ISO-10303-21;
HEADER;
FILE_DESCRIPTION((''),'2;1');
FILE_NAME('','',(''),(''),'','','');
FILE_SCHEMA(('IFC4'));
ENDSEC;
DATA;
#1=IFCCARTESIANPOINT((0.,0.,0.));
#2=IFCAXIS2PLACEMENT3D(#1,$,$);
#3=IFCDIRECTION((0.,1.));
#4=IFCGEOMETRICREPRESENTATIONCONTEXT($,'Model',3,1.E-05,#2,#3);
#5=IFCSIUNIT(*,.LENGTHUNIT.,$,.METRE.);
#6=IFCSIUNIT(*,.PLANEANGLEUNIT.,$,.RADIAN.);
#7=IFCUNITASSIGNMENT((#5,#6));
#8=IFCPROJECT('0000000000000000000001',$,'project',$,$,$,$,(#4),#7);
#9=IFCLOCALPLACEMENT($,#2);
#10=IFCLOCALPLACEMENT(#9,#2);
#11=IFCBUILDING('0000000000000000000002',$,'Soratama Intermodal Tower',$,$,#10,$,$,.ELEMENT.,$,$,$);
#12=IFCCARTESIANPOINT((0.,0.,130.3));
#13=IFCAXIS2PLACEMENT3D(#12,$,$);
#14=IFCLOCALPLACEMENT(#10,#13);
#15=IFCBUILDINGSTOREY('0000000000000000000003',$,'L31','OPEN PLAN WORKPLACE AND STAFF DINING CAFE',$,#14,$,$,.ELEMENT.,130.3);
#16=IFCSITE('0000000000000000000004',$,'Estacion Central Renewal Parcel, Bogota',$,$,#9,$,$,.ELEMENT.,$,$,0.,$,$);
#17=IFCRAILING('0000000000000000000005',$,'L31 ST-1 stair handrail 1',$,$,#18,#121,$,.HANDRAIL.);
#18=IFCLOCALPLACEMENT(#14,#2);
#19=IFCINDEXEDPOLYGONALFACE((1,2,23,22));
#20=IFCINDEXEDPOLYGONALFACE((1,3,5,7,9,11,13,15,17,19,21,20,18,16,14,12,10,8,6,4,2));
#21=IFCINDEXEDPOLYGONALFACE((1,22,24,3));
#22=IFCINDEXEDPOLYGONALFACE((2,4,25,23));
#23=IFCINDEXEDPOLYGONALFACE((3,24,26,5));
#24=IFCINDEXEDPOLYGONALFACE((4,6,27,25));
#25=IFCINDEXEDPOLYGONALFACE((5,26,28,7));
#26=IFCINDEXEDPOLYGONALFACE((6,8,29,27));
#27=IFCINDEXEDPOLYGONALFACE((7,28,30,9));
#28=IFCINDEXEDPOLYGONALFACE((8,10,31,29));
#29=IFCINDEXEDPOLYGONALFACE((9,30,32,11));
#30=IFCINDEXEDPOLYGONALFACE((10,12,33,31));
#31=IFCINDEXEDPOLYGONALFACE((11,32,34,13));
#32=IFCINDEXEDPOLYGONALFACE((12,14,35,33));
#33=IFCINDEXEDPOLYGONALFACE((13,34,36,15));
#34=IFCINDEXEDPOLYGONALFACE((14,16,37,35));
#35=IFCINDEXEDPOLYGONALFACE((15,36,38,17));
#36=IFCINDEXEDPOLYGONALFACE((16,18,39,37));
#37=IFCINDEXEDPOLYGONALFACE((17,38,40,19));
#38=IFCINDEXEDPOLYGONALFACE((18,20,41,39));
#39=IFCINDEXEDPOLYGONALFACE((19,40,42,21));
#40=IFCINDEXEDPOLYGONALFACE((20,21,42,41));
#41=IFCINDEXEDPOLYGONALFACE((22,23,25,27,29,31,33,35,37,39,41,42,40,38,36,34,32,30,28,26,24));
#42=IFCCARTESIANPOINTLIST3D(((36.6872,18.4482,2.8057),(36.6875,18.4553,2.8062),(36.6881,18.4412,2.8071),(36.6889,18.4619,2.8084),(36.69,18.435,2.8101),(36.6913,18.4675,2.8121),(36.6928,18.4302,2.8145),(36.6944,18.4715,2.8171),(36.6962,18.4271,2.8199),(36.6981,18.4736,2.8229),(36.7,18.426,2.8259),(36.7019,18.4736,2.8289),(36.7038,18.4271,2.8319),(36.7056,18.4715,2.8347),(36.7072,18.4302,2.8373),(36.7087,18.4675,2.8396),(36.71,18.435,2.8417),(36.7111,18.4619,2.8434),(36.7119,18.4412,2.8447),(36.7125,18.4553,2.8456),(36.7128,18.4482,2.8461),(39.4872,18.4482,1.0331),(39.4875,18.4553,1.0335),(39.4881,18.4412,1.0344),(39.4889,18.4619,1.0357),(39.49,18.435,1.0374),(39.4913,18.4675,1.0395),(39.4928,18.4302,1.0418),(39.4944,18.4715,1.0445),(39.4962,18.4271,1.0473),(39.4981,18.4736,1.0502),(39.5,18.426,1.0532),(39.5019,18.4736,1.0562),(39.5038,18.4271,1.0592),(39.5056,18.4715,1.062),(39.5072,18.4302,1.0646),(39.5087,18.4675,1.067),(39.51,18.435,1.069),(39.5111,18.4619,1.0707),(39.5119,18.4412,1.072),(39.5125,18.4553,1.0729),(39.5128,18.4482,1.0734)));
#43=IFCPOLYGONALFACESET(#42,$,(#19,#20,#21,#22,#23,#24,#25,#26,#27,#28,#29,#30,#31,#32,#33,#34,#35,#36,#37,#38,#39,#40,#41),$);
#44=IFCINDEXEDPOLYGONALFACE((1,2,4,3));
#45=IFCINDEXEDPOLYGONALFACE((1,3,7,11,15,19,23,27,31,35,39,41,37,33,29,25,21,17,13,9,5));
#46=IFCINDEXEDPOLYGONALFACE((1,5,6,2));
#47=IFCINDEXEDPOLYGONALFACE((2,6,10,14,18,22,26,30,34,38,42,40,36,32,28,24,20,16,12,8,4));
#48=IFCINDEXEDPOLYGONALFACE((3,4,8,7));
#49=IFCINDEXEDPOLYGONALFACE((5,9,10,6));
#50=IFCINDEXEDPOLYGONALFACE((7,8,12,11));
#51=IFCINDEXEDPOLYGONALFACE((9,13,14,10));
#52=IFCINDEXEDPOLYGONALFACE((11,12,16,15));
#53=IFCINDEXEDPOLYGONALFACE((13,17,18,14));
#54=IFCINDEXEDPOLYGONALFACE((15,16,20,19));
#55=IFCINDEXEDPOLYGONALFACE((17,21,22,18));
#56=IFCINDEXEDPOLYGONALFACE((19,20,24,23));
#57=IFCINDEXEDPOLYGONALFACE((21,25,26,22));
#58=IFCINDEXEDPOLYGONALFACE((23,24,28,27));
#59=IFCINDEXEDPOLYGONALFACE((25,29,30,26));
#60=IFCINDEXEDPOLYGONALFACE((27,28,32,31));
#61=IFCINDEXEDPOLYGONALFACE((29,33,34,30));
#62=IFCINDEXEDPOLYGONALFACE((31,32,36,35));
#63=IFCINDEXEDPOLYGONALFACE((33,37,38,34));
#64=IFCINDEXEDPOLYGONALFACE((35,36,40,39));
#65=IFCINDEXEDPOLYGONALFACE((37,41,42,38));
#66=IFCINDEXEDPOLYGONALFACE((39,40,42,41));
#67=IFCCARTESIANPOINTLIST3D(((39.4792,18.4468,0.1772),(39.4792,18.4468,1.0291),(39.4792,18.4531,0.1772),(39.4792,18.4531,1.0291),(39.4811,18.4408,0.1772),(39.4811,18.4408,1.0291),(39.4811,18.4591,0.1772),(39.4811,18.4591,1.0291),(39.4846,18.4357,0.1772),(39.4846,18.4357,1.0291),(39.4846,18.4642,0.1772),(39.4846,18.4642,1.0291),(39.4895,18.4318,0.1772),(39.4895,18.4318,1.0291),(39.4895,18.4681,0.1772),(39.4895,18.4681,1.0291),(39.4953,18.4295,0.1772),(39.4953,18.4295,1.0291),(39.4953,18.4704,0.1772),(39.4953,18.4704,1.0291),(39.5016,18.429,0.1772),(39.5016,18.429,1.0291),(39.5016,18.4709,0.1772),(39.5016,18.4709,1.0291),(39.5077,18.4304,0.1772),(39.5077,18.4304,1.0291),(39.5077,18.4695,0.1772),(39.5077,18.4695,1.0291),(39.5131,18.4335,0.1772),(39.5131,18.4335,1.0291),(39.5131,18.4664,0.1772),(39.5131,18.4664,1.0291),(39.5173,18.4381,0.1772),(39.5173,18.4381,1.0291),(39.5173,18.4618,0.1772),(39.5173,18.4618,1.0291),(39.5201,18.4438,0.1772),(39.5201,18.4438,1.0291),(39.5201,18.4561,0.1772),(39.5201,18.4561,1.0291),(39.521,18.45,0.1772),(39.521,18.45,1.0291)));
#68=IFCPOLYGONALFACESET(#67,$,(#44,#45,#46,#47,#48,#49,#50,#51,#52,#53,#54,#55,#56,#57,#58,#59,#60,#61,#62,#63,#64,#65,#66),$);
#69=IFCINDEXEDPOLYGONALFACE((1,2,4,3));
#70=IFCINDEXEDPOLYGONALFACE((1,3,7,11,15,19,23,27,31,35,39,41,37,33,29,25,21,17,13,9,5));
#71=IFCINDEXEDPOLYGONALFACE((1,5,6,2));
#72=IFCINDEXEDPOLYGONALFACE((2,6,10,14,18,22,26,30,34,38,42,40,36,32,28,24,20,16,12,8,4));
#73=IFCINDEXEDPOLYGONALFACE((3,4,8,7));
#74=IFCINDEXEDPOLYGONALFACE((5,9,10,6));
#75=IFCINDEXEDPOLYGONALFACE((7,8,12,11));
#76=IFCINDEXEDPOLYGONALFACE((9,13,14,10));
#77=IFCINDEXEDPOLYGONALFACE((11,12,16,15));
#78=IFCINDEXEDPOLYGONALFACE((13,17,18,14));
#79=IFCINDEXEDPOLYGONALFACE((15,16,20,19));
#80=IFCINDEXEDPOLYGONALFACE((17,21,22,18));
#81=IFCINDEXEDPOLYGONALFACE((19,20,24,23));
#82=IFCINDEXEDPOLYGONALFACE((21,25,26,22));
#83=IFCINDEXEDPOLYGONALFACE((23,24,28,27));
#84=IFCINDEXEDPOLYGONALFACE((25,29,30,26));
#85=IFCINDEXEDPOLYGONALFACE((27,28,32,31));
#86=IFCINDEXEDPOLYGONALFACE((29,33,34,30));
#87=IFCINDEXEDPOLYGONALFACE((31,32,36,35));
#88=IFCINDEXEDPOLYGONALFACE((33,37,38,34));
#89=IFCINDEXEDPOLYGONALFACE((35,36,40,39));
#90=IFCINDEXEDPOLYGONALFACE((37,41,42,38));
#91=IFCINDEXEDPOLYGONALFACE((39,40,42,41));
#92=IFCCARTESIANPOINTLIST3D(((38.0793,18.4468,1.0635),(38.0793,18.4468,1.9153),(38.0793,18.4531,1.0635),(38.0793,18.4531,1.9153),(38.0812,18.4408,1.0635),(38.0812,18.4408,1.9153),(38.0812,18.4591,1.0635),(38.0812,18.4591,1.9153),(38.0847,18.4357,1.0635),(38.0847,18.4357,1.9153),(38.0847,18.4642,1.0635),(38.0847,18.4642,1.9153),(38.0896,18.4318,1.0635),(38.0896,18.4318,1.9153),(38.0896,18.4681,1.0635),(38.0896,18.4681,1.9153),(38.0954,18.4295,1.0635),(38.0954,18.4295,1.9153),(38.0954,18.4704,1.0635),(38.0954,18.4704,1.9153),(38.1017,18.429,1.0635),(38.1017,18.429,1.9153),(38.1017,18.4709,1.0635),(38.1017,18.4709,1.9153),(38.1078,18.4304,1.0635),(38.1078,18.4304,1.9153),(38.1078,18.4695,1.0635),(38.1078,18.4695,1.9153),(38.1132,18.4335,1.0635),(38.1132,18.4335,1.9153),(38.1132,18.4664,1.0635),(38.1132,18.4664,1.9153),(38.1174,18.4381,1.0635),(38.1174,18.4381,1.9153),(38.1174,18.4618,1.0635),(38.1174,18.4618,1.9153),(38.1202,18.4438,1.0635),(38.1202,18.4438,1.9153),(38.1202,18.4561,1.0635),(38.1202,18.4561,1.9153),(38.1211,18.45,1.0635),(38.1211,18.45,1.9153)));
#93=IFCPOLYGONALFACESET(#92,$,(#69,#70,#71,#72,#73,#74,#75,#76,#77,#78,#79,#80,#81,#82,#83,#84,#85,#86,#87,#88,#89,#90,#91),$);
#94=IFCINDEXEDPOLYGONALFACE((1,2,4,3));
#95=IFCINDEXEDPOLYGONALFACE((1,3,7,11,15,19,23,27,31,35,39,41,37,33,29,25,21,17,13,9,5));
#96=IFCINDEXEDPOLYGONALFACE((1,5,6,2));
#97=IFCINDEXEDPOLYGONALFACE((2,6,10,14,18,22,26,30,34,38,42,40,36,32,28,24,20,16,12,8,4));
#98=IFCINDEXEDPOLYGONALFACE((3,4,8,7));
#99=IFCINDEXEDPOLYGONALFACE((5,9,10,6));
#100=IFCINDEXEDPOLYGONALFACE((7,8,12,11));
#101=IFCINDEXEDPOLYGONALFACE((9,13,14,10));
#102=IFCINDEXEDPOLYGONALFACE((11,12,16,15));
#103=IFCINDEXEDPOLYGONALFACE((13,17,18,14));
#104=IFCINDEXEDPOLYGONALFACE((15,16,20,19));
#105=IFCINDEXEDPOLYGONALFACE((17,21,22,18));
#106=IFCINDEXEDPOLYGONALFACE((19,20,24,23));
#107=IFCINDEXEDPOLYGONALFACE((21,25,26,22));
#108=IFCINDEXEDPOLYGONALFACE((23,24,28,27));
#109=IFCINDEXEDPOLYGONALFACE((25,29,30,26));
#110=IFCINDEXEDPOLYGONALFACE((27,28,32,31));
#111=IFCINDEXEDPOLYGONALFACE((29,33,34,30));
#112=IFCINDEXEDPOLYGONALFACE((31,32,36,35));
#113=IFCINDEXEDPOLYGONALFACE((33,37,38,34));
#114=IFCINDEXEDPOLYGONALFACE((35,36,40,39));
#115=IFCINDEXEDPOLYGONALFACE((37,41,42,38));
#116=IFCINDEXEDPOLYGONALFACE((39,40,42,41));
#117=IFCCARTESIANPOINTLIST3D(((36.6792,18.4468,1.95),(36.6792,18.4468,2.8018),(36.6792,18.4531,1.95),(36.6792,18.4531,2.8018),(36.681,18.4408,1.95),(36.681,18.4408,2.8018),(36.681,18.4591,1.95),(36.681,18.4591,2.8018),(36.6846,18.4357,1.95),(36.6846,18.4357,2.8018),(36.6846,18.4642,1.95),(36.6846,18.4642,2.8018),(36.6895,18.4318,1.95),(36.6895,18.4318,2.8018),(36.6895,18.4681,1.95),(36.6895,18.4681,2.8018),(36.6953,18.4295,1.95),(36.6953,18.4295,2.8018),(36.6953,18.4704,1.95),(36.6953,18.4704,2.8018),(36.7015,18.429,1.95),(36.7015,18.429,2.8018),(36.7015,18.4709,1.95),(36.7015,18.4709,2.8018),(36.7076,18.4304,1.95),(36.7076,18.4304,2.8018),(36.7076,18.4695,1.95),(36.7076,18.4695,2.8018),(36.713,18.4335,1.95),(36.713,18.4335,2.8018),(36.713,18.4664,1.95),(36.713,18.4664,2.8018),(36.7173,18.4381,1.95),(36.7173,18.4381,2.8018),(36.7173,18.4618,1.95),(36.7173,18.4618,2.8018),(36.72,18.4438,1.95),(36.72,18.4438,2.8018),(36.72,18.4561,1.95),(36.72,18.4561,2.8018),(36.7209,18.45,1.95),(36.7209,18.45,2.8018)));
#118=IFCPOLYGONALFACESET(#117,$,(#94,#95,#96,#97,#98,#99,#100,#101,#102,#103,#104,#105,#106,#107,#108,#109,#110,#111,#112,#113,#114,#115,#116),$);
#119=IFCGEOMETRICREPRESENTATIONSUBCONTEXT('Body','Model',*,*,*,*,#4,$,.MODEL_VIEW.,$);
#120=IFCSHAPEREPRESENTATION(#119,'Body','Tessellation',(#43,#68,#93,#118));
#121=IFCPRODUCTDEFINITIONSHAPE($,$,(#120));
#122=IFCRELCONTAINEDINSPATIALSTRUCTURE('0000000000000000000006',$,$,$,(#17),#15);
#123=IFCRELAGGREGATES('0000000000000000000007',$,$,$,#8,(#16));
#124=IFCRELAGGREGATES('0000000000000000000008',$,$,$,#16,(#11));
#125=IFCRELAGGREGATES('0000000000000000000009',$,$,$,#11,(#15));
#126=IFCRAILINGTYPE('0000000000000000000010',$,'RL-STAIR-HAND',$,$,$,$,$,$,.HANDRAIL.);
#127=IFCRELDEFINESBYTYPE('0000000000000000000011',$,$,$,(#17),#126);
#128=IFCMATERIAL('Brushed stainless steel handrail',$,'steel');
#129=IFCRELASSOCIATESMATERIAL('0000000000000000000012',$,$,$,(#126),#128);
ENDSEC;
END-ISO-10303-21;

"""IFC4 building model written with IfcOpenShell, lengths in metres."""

from ifc_helpers import new_model, si_unit, direction, frame, origin, origin_2d, place, context, subcontext, project, spatial, circle, extrude, material, type_object, element, save


model = new_model("IFC4")

# Units and contexts
model_context = context("Model", 3, precision=1e-05, world=origin(), true_north=direction((0.0, 1.0)))
body_context = subcontext(model_context, "Body", "Model", "MODEL_VIEW")
ifc_project = project(units=[si_unit("LENGTHUNIT", "METRE"), si_unit("PLANEANGLEUNIT", "RADIAN")], contexts=[model_context])

# Site, building, storey
site_placement = place(None, origin())
site = spatial("IfcSite", under=ifc_project, at=site_placement, Name="Estacion Central Renewal Parcel, Bogota", CompositionType="ELEMENT", RefElevation=0.0)
building_placement = place(site_placement, origin())
building = spatial("IfcBuilding", under=site, at=building_placement, Name="Soratama Intermodal Tower", CompositionType="ELEMENT")
storey_placement = place(building_placement, frame((0.0, 0.0, 130.3)))
storey = spatial("IfcBuildingStorey", under=building, at=storey_placement, Name="L31", Description="OPEN PLAN WORKPLACE AND STAFF DINING CAFE", CompositionType="ELEMENT", Elevation=130.3)

# Railing
ifc_material_1 = material(Name="Brushed stainless steel handrail", Category="steel")
railing_type_1 = type_object("IfcRailingType", Name="RL-STAIR-HAND", PredefinedType="HANDRAIL", material=ifc_material_1)
railing_1_placement = place(storey_placement, frame((39.5, 18.45, 0.1772)))
element("IfcRailing", 1, at=railing_1_placement, inside=storey, type_object=railing_type_1, Name="L31 ST-1 stair handrail 1", PredefinedType="HANDRAIL", context=body_context, shape_type="SweptSolid", body=[
    extrude(circle(Radius=0.0239, at=origin_2d()), frame((0.0, 0.0, 0.876), z_axis=(-0.844909, 0.0, 0.53491), x_axis=(0.0, -1.0, 0.0)), (0.0, 0.0, 1.0), 3.314),
    extrude(circle(Radius=0.021, at=origin_2d()), origin(), (0.0, 0.0, 1.0), 0.8518),
    extrude(circle(Radius=0.021, at=origin_2d()), frame((-1.3999, 0.0, 0.8862)), (0.0, 0.0, 1.0), 0.8518),
    extrude(circle(Radius=0.021, at=origin_2d()), frame((-2.8, 0.0, 1.7727)), (0.0, 0.0, 1.0), 0.8518),
])

save(model, "model.ifc")
